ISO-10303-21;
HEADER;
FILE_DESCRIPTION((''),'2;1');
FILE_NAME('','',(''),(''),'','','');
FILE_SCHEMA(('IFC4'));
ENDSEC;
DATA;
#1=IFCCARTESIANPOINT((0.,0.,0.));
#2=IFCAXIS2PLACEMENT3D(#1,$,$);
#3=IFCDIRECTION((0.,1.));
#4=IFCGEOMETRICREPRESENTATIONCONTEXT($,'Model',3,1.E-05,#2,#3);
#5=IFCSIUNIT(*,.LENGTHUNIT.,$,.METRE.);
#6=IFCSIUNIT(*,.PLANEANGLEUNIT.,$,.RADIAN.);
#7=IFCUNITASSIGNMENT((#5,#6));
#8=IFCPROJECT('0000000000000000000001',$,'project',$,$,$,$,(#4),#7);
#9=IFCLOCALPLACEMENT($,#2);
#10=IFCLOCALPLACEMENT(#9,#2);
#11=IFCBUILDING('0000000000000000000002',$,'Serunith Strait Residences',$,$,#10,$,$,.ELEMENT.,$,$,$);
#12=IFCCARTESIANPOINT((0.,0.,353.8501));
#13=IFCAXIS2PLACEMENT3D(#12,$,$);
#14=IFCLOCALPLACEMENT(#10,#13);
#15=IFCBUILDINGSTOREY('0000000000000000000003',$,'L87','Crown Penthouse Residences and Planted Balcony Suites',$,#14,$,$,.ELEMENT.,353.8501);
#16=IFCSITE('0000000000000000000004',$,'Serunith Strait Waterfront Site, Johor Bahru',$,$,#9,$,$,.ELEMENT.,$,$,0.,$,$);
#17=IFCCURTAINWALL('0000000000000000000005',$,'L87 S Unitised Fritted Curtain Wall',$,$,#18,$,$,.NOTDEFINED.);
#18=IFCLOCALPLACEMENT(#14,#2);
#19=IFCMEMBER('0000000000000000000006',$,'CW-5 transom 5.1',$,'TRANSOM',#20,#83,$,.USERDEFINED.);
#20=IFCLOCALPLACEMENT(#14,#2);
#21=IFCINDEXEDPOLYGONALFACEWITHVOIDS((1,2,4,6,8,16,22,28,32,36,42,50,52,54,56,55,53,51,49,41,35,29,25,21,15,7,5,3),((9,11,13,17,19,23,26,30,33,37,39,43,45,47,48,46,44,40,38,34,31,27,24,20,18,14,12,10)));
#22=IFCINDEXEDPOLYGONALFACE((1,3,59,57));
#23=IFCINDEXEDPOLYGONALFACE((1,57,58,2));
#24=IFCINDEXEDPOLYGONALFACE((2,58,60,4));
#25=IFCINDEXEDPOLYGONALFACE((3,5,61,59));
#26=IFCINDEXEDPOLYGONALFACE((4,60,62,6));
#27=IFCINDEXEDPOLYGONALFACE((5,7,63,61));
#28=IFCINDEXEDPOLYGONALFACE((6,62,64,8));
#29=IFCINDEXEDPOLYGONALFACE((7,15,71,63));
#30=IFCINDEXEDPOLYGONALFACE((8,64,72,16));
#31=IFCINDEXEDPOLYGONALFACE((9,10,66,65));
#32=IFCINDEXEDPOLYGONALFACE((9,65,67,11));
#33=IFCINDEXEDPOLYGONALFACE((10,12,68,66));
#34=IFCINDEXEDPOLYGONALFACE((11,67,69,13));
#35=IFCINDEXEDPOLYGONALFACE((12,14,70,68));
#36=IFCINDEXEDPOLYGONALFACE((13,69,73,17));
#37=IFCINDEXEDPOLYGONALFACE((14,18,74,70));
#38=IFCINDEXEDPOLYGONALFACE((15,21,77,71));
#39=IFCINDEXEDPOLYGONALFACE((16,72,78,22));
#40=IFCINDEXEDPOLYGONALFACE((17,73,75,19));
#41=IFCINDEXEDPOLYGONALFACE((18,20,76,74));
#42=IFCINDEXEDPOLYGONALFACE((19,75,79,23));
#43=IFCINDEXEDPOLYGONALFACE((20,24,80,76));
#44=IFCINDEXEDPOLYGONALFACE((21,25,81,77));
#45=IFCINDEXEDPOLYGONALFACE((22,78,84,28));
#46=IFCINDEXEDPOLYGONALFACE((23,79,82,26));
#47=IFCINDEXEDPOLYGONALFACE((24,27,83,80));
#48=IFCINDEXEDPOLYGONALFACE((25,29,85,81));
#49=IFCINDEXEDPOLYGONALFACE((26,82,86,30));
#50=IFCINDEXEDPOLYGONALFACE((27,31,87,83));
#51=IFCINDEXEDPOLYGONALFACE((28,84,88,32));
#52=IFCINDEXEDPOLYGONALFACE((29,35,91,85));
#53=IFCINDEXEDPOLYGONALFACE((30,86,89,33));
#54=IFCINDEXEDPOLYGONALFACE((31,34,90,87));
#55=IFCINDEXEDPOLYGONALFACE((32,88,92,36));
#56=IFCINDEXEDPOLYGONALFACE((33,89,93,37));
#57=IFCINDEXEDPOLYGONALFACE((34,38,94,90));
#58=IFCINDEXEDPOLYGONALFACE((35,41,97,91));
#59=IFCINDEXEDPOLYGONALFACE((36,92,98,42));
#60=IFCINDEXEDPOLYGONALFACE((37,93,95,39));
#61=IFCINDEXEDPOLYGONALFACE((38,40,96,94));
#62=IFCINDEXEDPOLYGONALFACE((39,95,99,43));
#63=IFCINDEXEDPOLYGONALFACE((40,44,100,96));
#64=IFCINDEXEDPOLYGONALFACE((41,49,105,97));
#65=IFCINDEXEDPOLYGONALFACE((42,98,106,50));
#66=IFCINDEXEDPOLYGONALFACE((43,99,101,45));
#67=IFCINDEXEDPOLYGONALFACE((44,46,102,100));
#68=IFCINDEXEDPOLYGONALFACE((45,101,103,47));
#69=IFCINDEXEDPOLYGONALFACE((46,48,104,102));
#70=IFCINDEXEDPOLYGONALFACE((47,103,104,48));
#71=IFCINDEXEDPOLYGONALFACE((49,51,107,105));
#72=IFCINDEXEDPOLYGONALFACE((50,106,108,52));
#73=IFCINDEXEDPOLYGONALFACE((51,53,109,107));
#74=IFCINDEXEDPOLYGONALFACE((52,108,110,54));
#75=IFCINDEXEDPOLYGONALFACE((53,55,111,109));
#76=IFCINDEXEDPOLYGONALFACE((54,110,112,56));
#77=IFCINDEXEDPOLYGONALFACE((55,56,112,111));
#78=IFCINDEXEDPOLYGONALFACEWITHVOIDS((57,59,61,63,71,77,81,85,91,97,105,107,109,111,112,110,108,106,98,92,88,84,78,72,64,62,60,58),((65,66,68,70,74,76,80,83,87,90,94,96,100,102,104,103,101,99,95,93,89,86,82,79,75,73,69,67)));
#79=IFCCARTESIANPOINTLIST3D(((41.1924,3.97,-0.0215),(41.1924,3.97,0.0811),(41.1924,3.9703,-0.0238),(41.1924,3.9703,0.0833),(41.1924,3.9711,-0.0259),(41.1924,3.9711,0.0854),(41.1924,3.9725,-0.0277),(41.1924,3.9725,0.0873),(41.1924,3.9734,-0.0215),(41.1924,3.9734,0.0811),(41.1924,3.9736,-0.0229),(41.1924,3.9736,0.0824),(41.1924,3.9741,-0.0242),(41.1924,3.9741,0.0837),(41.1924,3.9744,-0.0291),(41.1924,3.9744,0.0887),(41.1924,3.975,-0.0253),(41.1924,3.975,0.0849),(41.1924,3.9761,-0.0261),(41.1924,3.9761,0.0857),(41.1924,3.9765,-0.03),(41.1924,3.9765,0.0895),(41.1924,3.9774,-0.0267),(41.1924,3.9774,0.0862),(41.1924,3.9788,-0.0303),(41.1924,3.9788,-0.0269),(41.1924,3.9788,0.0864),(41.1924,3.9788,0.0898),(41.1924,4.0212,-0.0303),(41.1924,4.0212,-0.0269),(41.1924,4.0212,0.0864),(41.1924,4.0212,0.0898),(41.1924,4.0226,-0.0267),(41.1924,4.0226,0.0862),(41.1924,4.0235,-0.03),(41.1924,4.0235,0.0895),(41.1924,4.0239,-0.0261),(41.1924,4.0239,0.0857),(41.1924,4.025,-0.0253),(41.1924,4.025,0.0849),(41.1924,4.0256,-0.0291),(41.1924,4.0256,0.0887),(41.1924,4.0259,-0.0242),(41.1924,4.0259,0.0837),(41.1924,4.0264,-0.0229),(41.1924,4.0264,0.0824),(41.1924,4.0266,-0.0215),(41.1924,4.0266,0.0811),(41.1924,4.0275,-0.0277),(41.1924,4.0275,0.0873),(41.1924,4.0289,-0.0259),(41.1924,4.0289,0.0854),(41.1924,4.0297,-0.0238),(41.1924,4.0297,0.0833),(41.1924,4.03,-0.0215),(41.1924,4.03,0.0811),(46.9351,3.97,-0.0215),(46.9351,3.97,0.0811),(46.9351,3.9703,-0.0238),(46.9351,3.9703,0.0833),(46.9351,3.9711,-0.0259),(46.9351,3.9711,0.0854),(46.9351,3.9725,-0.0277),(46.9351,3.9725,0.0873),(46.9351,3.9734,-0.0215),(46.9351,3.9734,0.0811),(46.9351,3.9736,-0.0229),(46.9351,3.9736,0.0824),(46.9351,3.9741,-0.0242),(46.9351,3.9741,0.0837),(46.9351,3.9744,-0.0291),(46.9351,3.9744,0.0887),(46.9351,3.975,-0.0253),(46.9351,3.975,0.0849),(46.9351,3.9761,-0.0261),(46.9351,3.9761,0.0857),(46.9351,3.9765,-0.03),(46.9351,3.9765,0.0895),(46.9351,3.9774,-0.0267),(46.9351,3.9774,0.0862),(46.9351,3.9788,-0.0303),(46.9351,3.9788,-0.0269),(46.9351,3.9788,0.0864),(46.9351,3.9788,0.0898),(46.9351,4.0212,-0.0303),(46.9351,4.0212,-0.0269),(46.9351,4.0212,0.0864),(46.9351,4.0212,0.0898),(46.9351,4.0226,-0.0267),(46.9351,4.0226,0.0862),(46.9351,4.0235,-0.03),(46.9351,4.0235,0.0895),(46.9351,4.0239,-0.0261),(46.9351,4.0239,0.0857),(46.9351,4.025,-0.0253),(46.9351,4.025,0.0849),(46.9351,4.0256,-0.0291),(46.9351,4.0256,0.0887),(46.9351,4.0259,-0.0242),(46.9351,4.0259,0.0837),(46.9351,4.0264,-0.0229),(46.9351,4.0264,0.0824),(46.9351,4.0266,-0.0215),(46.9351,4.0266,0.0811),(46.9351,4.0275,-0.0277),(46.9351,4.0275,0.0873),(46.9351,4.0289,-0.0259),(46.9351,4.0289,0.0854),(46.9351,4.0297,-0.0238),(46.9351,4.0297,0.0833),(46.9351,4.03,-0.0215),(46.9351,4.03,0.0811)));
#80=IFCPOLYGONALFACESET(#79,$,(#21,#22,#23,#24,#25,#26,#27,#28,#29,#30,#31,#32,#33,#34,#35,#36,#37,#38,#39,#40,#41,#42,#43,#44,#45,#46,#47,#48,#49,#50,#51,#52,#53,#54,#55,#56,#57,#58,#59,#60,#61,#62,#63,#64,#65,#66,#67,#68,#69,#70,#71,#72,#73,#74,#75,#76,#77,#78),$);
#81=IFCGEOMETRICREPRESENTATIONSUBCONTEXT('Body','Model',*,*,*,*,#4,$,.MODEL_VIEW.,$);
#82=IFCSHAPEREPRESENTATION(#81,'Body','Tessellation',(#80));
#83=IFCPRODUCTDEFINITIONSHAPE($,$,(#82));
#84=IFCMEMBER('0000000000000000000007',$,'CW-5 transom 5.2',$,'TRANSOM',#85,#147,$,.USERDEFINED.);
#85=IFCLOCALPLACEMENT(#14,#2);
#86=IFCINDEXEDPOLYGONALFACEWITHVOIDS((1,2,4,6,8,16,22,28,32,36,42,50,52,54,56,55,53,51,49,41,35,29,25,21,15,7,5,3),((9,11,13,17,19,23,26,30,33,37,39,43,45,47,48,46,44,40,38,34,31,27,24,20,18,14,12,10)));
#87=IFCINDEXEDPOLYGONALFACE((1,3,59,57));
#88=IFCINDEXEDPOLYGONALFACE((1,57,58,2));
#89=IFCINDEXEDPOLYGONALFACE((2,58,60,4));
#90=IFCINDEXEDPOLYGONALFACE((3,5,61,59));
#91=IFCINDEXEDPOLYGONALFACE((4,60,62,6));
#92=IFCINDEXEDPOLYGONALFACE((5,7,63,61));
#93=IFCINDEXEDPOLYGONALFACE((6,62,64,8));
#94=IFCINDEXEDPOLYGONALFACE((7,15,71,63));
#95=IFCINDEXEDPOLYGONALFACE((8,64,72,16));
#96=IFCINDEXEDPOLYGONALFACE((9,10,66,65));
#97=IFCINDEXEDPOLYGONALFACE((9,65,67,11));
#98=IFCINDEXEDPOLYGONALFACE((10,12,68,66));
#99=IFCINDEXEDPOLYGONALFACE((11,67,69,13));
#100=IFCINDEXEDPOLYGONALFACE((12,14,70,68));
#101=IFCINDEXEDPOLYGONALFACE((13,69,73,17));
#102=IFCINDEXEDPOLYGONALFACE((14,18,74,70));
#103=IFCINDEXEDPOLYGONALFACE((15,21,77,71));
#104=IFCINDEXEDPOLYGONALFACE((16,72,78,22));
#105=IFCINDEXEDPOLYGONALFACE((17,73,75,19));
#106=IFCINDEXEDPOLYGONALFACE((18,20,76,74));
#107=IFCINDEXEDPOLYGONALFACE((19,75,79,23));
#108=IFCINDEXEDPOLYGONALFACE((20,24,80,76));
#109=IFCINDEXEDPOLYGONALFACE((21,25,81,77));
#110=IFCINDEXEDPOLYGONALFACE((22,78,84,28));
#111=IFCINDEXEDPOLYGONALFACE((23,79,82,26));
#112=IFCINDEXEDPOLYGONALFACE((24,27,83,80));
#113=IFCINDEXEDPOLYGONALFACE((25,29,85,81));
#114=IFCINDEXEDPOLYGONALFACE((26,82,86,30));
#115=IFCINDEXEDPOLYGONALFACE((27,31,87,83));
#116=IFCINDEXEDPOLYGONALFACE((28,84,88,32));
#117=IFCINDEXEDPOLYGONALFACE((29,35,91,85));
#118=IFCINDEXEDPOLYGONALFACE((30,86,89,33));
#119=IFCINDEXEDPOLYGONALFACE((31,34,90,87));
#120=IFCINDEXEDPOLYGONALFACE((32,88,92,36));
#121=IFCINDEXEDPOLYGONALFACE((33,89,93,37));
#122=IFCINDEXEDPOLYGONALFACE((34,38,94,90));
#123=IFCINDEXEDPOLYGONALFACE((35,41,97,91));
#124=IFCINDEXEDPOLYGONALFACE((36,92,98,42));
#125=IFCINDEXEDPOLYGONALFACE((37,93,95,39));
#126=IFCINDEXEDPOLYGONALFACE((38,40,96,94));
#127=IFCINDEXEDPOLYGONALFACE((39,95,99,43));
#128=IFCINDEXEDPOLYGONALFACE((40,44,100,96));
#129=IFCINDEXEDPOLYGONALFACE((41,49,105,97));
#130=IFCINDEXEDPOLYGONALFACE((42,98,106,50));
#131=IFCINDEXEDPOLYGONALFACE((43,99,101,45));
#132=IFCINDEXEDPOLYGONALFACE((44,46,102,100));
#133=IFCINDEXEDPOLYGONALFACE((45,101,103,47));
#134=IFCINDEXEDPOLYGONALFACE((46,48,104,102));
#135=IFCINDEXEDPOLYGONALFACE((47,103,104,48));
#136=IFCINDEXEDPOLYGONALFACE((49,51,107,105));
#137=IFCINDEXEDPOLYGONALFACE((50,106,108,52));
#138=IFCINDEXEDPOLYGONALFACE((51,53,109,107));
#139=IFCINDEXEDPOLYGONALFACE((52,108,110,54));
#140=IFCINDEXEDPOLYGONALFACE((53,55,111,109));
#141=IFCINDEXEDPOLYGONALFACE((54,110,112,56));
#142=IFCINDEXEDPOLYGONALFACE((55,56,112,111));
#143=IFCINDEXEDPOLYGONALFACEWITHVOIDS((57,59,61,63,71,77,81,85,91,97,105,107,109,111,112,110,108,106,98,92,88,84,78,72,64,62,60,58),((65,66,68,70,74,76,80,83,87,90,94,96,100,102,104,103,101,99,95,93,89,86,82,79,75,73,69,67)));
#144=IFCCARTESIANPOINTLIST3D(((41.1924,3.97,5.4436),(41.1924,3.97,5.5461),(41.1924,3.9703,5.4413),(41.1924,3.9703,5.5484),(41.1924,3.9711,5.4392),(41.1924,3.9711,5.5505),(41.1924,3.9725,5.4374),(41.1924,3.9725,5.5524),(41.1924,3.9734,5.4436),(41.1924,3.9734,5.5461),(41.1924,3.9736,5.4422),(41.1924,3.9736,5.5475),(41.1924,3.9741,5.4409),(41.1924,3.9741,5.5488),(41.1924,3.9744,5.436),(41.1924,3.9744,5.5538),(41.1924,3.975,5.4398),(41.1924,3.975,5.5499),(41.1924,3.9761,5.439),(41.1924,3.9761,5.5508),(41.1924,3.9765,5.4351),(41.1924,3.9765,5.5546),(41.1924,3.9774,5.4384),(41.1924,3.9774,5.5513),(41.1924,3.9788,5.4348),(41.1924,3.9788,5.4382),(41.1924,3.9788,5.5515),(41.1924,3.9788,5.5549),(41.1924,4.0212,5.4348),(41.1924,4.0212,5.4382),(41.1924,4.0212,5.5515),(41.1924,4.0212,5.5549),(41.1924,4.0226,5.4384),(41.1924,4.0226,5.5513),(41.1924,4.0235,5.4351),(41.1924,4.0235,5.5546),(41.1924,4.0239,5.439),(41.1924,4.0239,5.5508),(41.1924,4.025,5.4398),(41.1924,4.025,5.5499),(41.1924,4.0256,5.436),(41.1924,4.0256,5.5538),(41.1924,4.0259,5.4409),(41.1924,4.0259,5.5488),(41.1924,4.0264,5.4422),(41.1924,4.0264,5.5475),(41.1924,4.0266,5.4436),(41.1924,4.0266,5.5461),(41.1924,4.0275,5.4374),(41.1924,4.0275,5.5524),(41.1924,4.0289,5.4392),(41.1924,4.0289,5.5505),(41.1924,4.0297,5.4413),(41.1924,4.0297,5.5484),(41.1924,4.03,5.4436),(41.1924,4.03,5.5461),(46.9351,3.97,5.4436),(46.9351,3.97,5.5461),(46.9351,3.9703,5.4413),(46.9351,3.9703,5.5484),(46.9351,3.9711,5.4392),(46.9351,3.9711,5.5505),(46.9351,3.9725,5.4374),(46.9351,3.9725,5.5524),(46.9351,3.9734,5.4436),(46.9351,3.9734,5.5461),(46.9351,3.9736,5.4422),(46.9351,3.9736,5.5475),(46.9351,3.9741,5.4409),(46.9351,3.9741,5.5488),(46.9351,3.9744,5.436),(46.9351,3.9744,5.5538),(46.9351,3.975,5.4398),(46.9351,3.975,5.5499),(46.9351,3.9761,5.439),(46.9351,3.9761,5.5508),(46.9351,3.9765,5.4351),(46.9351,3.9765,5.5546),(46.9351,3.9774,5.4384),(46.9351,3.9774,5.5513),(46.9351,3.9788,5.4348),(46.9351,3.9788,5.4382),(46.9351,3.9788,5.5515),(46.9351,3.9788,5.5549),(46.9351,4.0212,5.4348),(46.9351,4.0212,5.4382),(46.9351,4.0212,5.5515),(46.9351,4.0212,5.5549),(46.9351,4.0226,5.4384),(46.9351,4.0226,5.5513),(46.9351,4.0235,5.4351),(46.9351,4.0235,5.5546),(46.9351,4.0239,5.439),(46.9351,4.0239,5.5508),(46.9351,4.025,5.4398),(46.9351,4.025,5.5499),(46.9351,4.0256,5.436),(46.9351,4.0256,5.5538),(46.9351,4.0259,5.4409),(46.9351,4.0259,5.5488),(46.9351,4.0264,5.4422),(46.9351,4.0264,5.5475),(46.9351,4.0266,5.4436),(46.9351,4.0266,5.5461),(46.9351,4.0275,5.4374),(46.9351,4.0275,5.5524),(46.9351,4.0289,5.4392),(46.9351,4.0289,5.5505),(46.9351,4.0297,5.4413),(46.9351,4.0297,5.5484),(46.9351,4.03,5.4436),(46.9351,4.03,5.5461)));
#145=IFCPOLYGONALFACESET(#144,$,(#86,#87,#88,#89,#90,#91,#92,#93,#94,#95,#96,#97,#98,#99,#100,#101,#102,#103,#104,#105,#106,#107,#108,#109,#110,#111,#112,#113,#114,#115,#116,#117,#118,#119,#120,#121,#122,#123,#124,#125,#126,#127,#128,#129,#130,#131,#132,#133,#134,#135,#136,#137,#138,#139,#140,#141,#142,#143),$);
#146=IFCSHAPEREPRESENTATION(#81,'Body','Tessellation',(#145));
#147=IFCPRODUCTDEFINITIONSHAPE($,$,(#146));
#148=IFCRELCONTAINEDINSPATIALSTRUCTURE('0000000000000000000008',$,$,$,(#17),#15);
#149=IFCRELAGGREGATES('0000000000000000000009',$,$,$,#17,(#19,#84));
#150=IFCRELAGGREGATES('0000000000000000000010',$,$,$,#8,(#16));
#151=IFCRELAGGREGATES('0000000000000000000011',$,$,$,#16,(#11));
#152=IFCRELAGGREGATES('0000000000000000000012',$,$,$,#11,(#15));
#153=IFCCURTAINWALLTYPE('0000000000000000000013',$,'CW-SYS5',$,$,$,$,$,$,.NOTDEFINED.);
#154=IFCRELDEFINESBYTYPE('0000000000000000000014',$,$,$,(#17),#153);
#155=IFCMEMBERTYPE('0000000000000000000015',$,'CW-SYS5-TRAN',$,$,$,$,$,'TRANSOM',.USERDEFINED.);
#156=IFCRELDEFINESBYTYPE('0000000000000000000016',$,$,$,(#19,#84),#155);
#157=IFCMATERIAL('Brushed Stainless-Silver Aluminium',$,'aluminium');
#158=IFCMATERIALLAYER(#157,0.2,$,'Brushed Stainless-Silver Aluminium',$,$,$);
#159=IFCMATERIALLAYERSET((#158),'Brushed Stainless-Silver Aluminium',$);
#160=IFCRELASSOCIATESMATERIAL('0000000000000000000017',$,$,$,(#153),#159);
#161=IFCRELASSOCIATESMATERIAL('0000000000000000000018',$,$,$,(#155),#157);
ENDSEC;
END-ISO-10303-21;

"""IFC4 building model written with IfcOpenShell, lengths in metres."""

from ifc_helpers import new_model, si_unit, direction, frame, origin, origin_2d, place, context, subcontext, project, spatial, hollow_rectangle, extrude, source, transform, mapped, material, layer, layer_set, material_profile, profile_set, type_object, element, aggregate, save


model = new_model("IFC4")

# Units and contexts
model_context = context("Model", 3, precision=1e-05, world=origin(), true_north=direction((0.0, 1.0)))
body_context = subcontext(model_context, "Body", "Model", "MODEL_VIEW")
ifc_project = project(units=[si_unit("LENGTHUNIT", "METRE"), si_unit("PLANEANGLEUNIT", "RADIAN")], contexts=[model_context])

# Site, building, storey
site_placement = place(None, origin())
site = spatial("IfcSite", under=ifc_project, at=site_placement, Name="Serunith Strait Waterfront Site, Johor Bahru", CompositionType="ELEMENT", RefElevation=0.0)
building_placement = place(site_placement, origin())
building = spatial("IfcBuilding", under=site, at=building_placement, Name="Serunith Strait Residences", CompositionType="ELEMENT")
storey_placement = place(building_placement, frame((0.0, 0.0, 353.8501)))
storey = spatial("IfcBuildingStorey", under=building, at=storey_placement, Name="L87", Description="Crown Penthouse Residences and Planted Balcony Suites", CompositionType="ELEMENT", Elevation=353.8501)

# Curtain wall, members
ifc_material_1 = material(Name="Brushed Stainless-Silver Aluminium", Category="aluminium")
ifc_layer_1 = layer(ifc_material_1, 0.2, Name="Brushed Stainless-Silver Aluminium")
ifc_layer_set_1 = layer_set([ifc_layer_1], Name="Brushed Stainless-Silver Aluminium")
curtain_wall_type = type_object("IfcCurtainWallType", Name="CW-SYS5", PredefinedType="NOTDEFINED", material=ifc_layer_set_1)
ifc_material_profile_1 = material_profile(ifc_material_1, hollow_rectangle(XDim=0.0601, YDim=0.1201, WallThickness=0.0034, InnerFilletRadius=0.0054, OuterFilletRadius=0.0088, at=origin_2d()), Name="ALU 120x60x3.5")
ifc_profile_set_1 = profile_set([ifc_material_profile_1], Name="Brushed Stainless-Silver Aluminium")
member_type_1 = type_object("IfcMemberType", Name="CW-SYS5-TRAN", ElementType="TRANSOM", PredefinedType="USERDEFINED", material=ifc_profile_set_1)
curtain_wall_1_placement = place(storey_placement, origin())
curtain_wall_1 = element("IfcCurtainWall", 1, at=curtain_wall_1_placement, inside=storey, type_object=curtain_wall_type, Name="L87 S Unitised Fritted Curtain Wall", PredefinedType="NOTDEFINED")
shared_shape_1 = source(origin(), body_context, "Body", "SweptSolid", [
    extrude(hollow_rectangle(XDim=0.0601, YDim=0.1201, WallThickness=0.0034, InnerFilletRadius=0.0054, OuterFilletRadius=0.0088, at=origin_2d()), origin(), (0.0, 0.0, 1.0), 5.7427),
])
member_1_placement = place(storey_placement, frame((41.1924, 4.0, 0.0298), z_axis=(1.0, 0.0, 0.0), x_axis=(0.0, 1.0, 0.0)))
member_1 = element("IfcMember", 2, at=member_1_placement, type_object=member_type_1, Name="CW-5 transom 5.1", ObjectType="TRANSOM", PredefinedType="USERDEFINED", context=body_context, shape_type="MappedRepresentation", body=[
    mapped(shared_shape_1, transform((0.0, 0.0, 0.0), scale=1.0)),
])
member_2_placement = place(storey_placement, frame((41.1924, 4.0, 5.4949), z_axis=(1.0, 0.0, 0.0), x_axis=(0.0, 1.0, 0.0)))
member_2 = element("IfcMember", 3, at=member_2_placement, type_object=member_type_1, Name="CW-5 transom 5.2", ObjectType="TRANSOM", PredefinedType="USERDEFINED", context=body_context, shape_type="MappedRepresentation", body=[
    mapped(shared_shape_1, transform((0.0, 0.0, 0.0), scale=1.0)),
])

aggregate(curtain_wall_1, [member_1, member_2])

save(model, "model.ifc")
